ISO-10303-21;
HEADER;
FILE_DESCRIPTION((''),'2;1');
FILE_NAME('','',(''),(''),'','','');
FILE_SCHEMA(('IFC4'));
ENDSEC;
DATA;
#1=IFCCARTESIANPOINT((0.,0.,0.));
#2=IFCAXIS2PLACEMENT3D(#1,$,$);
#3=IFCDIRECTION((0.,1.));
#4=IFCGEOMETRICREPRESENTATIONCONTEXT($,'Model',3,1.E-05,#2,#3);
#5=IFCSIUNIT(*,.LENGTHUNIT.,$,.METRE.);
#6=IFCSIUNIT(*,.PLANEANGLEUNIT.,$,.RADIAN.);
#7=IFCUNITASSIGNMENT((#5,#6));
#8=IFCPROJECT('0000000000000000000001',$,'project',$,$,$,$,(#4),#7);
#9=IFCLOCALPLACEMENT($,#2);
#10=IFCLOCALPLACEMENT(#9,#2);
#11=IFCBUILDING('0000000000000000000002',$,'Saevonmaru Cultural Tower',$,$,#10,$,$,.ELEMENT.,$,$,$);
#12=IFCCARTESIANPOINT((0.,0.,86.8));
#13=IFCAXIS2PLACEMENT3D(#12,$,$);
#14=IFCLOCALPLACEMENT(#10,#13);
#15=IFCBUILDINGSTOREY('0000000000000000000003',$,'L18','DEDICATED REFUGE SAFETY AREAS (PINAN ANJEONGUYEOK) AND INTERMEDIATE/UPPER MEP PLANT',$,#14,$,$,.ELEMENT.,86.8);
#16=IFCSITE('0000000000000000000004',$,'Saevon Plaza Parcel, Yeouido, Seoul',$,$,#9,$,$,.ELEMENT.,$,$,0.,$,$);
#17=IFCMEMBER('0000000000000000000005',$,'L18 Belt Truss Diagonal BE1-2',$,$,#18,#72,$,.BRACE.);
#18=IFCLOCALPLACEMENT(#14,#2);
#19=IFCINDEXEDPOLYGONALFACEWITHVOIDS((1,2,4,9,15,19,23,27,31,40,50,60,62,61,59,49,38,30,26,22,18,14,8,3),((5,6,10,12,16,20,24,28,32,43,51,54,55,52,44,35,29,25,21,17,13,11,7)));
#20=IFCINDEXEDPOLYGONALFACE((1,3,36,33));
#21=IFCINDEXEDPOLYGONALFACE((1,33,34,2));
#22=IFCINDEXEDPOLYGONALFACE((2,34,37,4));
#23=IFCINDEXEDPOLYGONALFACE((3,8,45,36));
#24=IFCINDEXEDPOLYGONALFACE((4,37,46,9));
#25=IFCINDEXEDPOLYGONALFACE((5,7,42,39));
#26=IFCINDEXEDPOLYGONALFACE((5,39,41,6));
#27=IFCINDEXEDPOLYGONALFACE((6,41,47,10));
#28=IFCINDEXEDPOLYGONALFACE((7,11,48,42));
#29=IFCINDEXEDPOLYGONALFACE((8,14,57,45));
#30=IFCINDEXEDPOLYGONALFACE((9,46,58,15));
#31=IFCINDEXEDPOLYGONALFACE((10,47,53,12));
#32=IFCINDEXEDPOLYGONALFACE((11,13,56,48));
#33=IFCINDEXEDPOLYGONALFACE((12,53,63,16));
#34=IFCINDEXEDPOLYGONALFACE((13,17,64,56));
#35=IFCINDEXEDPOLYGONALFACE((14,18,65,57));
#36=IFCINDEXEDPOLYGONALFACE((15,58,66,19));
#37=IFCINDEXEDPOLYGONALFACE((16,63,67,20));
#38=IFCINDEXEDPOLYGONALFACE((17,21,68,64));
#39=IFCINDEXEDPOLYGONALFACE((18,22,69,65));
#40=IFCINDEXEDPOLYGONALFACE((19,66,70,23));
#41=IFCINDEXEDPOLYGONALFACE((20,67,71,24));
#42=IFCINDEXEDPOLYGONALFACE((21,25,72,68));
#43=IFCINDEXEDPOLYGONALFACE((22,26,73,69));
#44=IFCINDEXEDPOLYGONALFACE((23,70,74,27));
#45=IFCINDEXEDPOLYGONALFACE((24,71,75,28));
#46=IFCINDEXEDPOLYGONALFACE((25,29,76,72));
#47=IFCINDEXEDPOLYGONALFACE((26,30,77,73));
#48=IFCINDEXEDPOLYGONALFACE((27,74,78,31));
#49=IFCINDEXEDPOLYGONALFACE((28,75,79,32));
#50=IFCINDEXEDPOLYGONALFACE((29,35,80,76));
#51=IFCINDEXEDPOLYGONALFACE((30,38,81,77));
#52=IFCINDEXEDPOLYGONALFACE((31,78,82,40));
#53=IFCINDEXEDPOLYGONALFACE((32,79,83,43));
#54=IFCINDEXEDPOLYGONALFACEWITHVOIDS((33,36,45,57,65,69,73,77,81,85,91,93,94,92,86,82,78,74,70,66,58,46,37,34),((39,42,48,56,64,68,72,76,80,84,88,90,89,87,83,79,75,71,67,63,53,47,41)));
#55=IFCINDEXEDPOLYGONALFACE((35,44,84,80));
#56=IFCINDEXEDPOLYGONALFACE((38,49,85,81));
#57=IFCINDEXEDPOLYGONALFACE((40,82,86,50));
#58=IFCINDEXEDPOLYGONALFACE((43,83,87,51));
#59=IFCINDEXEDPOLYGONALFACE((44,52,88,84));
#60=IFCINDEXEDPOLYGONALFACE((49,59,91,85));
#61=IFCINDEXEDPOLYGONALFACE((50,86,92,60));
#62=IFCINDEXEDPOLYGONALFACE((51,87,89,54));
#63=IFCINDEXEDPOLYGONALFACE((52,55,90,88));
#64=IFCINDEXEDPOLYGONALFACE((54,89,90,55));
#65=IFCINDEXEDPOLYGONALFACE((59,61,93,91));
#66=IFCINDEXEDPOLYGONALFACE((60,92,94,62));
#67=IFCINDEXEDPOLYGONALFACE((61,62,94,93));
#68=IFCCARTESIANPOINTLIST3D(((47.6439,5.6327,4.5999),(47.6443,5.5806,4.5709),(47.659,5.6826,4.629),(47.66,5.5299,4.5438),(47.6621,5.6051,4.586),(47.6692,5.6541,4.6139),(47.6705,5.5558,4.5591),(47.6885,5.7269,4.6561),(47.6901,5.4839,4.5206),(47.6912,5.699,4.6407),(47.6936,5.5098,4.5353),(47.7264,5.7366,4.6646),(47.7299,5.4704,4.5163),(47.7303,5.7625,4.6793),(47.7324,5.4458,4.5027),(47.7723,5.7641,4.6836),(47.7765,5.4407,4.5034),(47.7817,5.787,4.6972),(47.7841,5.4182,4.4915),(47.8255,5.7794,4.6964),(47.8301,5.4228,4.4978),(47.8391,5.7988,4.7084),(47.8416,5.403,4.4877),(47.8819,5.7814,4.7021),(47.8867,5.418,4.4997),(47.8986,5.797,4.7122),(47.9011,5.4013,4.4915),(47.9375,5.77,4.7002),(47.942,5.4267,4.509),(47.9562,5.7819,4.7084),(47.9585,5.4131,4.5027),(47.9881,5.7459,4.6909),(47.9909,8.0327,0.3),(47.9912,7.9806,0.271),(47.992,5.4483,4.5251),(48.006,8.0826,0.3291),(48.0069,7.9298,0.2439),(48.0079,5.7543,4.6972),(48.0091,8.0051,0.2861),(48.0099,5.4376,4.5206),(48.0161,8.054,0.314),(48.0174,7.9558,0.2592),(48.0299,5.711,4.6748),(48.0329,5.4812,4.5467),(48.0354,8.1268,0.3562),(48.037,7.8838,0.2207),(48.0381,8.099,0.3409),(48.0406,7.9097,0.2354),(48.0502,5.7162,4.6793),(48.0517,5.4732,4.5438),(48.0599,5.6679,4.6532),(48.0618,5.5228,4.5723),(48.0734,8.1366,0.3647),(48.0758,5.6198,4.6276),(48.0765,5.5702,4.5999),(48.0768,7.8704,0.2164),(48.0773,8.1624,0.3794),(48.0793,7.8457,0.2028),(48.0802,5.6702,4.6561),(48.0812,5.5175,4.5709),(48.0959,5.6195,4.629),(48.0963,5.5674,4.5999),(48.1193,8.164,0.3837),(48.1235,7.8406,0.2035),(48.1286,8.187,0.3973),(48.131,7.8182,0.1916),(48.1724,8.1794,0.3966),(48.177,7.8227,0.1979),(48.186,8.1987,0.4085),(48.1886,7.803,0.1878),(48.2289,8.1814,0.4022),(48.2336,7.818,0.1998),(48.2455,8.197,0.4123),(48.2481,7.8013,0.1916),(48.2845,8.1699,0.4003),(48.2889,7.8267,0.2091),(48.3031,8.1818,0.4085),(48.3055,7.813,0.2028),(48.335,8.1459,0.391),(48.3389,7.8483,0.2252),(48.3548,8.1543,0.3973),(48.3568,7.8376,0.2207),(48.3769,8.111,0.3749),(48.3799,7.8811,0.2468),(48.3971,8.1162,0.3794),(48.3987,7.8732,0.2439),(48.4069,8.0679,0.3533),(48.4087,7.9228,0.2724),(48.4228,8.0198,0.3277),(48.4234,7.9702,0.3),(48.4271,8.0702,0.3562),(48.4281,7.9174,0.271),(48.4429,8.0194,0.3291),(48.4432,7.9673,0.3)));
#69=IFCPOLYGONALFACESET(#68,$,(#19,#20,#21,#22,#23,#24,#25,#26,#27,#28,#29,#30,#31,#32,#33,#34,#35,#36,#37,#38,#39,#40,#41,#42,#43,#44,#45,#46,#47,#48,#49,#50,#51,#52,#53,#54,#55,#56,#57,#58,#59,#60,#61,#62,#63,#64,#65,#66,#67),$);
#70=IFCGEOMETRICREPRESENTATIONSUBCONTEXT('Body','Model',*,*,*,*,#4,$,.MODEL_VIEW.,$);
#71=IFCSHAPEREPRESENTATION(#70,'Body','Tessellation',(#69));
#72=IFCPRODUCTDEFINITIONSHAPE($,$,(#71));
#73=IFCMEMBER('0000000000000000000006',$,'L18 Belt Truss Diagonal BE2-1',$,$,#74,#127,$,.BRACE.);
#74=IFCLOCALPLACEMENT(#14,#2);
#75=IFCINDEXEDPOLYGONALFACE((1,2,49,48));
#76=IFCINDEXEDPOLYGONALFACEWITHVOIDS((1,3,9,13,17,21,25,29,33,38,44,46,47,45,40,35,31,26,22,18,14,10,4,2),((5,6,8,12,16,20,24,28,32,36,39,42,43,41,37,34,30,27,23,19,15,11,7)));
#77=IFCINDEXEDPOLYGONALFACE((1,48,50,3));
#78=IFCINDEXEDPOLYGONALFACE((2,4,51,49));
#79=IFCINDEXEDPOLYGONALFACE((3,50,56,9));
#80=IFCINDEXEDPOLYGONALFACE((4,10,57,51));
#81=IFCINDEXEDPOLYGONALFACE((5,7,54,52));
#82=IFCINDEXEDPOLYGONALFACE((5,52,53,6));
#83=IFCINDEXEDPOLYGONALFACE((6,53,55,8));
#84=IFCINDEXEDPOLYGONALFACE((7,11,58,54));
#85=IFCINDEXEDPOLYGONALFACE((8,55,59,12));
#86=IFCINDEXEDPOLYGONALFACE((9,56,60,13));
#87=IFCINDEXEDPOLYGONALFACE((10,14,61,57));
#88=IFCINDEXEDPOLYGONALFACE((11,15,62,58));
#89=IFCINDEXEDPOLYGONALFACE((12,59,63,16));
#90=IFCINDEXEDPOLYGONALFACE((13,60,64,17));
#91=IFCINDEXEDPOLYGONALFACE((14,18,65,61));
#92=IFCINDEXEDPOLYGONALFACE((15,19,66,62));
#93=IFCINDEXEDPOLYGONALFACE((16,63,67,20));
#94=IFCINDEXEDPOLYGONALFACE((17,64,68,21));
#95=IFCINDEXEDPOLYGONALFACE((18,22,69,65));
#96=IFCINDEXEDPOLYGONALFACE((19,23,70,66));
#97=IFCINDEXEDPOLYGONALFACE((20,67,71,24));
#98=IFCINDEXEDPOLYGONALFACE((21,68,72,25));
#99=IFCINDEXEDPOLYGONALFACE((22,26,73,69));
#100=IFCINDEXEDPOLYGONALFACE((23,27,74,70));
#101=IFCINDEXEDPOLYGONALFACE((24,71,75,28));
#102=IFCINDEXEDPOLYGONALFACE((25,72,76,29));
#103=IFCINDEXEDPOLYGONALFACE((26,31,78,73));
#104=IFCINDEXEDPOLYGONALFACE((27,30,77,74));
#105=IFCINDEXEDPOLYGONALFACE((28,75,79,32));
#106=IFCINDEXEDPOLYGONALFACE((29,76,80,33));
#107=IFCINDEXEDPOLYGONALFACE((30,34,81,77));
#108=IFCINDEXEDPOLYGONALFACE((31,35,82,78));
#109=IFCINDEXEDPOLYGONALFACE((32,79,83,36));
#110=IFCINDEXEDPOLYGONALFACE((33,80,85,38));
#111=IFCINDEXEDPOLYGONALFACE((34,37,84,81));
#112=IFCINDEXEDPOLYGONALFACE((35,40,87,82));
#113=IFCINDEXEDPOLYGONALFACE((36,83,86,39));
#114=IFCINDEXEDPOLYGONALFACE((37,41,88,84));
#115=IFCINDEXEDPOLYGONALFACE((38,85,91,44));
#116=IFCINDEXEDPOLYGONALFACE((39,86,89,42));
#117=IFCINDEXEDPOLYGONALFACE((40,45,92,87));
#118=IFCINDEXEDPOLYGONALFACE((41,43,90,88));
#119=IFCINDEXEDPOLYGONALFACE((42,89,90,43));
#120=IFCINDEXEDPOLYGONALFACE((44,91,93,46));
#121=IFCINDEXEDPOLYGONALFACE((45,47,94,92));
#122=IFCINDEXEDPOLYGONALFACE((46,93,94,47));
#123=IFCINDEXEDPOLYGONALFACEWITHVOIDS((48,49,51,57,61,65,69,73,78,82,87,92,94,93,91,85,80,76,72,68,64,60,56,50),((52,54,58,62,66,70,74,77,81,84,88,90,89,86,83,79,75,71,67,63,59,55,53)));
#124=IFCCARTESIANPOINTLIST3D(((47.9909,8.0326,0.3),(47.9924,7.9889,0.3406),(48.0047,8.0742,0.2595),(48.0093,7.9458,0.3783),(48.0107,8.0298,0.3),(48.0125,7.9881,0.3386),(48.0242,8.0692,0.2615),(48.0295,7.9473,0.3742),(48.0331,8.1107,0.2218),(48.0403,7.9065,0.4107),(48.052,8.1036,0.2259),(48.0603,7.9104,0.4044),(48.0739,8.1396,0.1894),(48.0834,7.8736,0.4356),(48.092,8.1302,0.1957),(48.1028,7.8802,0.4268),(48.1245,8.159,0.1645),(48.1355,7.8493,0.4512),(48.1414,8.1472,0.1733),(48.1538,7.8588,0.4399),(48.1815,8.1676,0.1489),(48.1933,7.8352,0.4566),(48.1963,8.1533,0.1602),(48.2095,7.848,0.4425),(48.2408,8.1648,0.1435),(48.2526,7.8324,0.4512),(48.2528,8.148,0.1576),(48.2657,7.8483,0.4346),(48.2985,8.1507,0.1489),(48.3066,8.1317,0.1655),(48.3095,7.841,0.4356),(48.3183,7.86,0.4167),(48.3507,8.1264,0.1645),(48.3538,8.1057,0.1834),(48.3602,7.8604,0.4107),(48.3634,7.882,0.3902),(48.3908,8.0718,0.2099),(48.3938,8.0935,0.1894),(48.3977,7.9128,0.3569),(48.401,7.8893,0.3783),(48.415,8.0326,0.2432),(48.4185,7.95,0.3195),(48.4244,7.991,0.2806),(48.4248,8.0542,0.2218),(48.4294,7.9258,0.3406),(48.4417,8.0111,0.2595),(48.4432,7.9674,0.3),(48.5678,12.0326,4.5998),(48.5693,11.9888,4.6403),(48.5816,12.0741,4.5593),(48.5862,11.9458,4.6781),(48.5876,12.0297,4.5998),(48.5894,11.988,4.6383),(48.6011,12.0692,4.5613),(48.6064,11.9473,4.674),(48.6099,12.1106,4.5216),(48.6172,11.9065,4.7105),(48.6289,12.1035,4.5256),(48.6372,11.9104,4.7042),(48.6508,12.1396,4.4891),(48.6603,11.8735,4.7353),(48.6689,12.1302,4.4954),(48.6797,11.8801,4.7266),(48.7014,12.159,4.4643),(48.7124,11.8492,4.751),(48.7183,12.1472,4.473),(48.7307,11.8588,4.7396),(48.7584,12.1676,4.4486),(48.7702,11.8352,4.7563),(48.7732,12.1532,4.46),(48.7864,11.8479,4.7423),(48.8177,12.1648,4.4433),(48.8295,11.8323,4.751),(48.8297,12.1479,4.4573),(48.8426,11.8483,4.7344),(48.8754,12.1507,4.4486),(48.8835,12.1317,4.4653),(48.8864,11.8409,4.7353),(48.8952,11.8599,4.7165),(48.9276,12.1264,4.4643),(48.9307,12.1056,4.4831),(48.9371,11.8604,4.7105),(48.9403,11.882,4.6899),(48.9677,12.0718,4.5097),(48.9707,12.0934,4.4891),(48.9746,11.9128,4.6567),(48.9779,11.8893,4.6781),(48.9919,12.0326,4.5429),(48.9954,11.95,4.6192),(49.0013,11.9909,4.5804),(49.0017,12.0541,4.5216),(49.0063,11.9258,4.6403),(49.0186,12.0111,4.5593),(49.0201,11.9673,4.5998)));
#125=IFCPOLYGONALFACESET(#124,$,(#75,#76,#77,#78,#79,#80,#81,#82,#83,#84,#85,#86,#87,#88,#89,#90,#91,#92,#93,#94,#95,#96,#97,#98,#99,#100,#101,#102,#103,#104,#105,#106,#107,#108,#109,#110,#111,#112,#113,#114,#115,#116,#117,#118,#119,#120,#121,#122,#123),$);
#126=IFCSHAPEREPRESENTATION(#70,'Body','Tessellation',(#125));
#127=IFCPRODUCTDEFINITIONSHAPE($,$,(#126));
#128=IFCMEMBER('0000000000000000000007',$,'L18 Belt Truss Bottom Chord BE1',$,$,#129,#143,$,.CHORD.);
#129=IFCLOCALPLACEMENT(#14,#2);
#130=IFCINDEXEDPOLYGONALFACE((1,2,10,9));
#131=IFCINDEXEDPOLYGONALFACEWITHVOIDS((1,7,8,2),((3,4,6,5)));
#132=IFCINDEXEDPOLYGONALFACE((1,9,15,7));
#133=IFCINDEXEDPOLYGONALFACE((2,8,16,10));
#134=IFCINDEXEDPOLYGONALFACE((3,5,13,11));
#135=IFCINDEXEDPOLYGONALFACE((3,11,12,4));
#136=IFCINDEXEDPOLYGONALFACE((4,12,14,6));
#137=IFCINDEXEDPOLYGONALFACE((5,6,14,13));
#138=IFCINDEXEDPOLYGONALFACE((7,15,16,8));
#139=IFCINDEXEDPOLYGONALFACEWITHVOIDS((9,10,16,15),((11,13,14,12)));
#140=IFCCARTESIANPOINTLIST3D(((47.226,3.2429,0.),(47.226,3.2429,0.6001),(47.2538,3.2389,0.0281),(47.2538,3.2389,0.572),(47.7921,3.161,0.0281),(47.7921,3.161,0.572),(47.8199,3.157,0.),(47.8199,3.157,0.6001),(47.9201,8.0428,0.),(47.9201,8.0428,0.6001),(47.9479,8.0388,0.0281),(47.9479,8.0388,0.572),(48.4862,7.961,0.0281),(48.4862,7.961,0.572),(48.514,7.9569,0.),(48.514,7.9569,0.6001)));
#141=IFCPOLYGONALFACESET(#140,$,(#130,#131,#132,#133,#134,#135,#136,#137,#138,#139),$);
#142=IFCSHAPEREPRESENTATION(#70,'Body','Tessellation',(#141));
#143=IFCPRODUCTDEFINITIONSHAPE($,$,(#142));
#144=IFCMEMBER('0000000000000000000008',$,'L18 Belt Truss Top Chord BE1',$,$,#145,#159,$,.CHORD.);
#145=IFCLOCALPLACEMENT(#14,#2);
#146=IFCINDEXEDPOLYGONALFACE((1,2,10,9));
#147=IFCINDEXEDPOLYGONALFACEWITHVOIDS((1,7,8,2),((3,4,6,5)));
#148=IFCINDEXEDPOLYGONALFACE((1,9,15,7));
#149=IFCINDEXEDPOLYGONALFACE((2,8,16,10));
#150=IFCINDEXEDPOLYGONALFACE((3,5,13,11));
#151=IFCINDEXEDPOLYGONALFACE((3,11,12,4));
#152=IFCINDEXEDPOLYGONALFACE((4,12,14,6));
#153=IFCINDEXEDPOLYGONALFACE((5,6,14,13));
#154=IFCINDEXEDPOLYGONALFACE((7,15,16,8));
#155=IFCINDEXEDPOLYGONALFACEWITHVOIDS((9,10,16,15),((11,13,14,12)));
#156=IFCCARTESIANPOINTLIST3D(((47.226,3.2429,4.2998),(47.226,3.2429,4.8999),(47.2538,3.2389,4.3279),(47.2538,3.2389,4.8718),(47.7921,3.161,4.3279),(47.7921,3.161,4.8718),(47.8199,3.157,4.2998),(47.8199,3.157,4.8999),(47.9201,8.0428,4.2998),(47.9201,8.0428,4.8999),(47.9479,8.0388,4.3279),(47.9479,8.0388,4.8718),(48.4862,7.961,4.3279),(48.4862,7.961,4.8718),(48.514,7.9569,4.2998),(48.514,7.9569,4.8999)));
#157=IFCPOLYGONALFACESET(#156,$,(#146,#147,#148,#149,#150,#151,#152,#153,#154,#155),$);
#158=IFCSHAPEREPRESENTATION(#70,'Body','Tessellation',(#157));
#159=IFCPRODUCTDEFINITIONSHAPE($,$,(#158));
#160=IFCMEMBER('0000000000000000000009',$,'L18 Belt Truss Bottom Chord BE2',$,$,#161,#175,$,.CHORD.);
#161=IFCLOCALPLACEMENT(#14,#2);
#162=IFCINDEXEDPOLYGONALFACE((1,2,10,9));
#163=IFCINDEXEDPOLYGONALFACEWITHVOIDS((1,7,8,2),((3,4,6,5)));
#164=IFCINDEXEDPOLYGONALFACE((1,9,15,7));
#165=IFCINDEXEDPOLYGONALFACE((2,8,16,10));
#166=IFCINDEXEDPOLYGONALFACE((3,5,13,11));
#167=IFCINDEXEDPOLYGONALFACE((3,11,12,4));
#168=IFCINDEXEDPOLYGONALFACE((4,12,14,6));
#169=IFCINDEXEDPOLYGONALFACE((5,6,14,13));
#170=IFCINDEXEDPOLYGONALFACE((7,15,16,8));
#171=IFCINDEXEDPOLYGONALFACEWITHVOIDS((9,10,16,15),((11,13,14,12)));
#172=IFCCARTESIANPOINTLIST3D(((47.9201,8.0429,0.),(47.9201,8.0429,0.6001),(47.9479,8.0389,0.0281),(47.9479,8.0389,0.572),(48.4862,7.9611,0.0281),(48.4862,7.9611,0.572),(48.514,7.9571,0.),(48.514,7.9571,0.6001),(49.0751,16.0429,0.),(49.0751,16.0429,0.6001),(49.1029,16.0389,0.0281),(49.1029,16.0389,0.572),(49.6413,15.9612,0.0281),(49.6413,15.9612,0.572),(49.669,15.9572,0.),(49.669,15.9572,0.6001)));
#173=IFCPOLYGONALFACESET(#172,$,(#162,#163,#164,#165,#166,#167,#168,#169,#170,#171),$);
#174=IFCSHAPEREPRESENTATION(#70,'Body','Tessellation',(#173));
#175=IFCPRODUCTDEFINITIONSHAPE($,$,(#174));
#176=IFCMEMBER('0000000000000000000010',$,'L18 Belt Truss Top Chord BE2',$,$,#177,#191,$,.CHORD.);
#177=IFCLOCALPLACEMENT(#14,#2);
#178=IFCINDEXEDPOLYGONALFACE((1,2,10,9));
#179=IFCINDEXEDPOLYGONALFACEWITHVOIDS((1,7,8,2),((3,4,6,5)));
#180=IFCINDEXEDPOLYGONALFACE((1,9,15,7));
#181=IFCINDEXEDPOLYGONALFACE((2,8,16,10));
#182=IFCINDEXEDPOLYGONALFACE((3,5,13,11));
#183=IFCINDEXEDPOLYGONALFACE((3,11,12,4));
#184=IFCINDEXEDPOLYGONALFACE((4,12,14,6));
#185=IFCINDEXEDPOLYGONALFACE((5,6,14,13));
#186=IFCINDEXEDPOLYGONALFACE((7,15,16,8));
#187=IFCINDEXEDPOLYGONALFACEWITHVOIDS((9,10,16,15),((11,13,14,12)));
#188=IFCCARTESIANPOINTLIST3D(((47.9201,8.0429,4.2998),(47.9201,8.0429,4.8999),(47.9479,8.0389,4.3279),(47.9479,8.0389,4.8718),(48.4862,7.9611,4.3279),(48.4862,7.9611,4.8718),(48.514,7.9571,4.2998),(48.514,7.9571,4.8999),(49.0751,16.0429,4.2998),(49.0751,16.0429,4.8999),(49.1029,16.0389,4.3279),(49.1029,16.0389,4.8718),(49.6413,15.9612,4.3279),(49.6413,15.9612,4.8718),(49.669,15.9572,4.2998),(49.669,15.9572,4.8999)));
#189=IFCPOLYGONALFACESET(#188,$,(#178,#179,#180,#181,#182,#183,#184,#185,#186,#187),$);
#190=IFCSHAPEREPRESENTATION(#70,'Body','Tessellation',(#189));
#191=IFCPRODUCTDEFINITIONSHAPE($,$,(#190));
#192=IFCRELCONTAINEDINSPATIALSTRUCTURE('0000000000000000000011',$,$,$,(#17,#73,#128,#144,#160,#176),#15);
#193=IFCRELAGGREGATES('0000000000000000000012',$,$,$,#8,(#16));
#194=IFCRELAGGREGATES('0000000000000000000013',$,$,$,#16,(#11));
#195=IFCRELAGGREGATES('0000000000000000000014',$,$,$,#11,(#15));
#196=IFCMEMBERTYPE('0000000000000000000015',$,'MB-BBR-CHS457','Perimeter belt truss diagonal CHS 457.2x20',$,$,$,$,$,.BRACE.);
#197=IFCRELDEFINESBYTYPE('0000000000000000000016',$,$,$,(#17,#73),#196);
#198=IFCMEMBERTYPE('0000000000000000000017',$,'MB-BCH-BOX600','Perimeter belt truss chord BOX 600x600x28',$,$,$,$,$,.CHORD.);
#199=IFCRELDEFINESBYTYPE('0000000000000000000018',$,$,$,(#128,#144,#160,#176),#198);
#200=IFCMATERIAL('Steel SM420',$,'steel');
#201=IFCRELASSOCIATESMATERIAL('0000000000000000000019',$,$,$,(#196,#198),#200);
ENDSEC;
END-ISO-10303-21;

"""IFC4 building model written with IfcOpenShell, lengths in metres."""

from ifc_helpers import new_model, si_unit, direction, frame, origin, origin_2d, place, context, subcontext, project, spatial, hollow_rectangle, hollow_circle, extrude, material, material_profile, profile_set, type_object, element, save


model = new_model("IFC4")

# Units and contexts
model_context = context("Model", 3, precision=1e-05, world=origin(), true_north=direction((0.0, 1.0)))
body_context = subcontext(model_context, "Body", "Model", "MODEL_VIEW")
ifc_project = project(units=[si_unit("LENGTHUNIT", "METRE"), si_unit("PLANEANGLEUNIT", "RADIAN")], contexts=[model_context])

# Site, building, storey
site_placement = place(None, origin())
site = spatial("IfcSite", under=ifc_project, at=site_placement, Name="Saevon Plaza Parcel, Yeouido, Seoul", CompositionType="ELEMENT", RefElevation=0.0)
building_placement = place(site_placement, origin())
building = spatial("IfcBuilding", under=site, at=building_placement, Name="Saevonmaru Cultural Tower", CompositionType="ELEMENT")
storey_placement = place(building_placement, frame((0.0, 0.0, 86.8)))
storey = spatial("IfcBuildingStorey", under=building, at=storey_placement, Name="L18", Description="DEDICATED REFUGE SAFETY AREAS (PINAN ANJEONGUYEOK) AND INTERMEDIATE/UPPER MEP PLANT", CompositionType="ELEMENT", Elevation=86.8)

# Members
ifc_material_1 = material(Name="Steel SM420", Category="steel")
ifc_material_profile_1 = material_profile(ifc_material_1, hollow_circle(Radius=0.2285, WallThickness=0.02, at=origin_2d()), Name="CHS-457.2x20")
ifc_profile_set_1 = profile_set([ifc_material_profile_1], Name="Steel SM420")
member_type_1 = type_object("IfcMemberType", Name="MB-BBR-CHS457", Description="Perimeter belt truss diagonal CHS 457.2x20", PredefinedType="BRACE", material=ifc_profile_set_1)
for number, where, z_axis, x_axis, name in (
    (1, (48.217, 8.0, 0.3), (-0.070278, -0.486163, 0.871038), (0.989713, -0.14307, 0.0), "L18 Belt Truss Diagonal BE1-2"),
):
    element("IfcMember", number, at=place(storey_placement, frame(where, z_axis=z_axis, x_axis=x_axis)), inside=storey, type_object=member_type_1, Name=name, PredefinedType="BRACE", context=body_context, shape_type="SweptSolid", body=[
        extrude(hollow_circle(Radius=0.2285, WallThickness=0.02, at=origin_2d()), origin(), (0.0, 0.0, 1.0), 4.9365),
    ])
member_1_placement = place(storey_placement, frame((48.217, 8.0, 0.3), z_axis=(0.097765, 0.677858, 0.728664), x_axis=(-0.989759, 0.142749, 0.0)))
element("IfcMember", 2, at=member_1_placement, inside=storey, type_object=member_type_1, Name="L18 Belt Truss Diagonal BE2-1", PredefinedType="BRACE", context=body_context, shape_type="SweptSolid", body=[
    extrude(hollow_circle(Radius=0.2285, WallThickness=0.02, at=origin_2d()), origin(), (0.0, 0.0, 1.0), 5.9009),
])
ifc_material_profile_2 = material_profile(ifc_material_1, hollow_rectangle(XDim=0.6001, YDim=0.6001, WallThickness=0.0281, at=origin_2d()), Name="BOX-600x600x28")
ifc_profile_set_2 = profile_set([ifc_material_profile_2], Name="Steel SM420")
member_type_2 = type_object("IfcMemberType", Name="MB-BCH-BOX600", Description="Perimeter belt truss chord BOX 600x600x28", PredefinedType="CHORD", material=ifc_profile_set_2)
for number, where, z_axis, x_axis, name in (
    (3, (47.5229, 3.2, 0.3), (0.143113, 0.989706, 0.0), (-0.989706, 0.143113, 0.0), "L18 Belt Truss Bottom Chord BE1"),
    (4, (47.5229, 3.2, 4.5999), (0.143113, 0.989706, 0.0), (-0.989706, 0.143113, 0.0), "L18 Belt Truss Top Chord BE1"),
):
    element("IfcMember", number, at=place(storey_placement, frame(where, z_axis=z_axis, x_axis=x_axis)), inside=storey, type_object=member_type_2, Name=name, PredefinedType="CHORD", context=body_context, shape_type="SweptSolid", body=[
        extrude(hollow_rectangle(XDim=0.6001, YDim=0.6001, WallThickness=0.0281, at=origin_2d()), origin(), (0.0, 0.0, 1.0), 4.8499),
    ])
for number, where, z_axis, x_axis, name in (
    (5, (48.217, 8.0, 0.3), (0.142897, 0.989738, 0.0), (-0.989738, 0.142897, 0.0), "L18 Belt Truss Bottom Chord BE2"),
    (6, (48.217, 8.0, 4.5999), (0.142897, 0.989738, 0.0), (-0.989738, 0.142897, 0.0), "L18 Belt Truss Top Chord BE2"),
):
    element("IfcMember", number, at=place(storey_placement, frame(where, z_axis=z_axis, x_axis=x_axis)), inside=storey, type_object=member_type_2, Name=name, PredefinedType="CHORD", context=body_context, shape_type="SweptSolid", body=[
        extrude(hollow_rectangle(XDim=0.6001, YDim=0.6001, WallThickness=0.0281, at=origin_2d()), origin(), (0.0, 0.0, 1.0), 8.083),
    ])

save(model, "model.ifc")
